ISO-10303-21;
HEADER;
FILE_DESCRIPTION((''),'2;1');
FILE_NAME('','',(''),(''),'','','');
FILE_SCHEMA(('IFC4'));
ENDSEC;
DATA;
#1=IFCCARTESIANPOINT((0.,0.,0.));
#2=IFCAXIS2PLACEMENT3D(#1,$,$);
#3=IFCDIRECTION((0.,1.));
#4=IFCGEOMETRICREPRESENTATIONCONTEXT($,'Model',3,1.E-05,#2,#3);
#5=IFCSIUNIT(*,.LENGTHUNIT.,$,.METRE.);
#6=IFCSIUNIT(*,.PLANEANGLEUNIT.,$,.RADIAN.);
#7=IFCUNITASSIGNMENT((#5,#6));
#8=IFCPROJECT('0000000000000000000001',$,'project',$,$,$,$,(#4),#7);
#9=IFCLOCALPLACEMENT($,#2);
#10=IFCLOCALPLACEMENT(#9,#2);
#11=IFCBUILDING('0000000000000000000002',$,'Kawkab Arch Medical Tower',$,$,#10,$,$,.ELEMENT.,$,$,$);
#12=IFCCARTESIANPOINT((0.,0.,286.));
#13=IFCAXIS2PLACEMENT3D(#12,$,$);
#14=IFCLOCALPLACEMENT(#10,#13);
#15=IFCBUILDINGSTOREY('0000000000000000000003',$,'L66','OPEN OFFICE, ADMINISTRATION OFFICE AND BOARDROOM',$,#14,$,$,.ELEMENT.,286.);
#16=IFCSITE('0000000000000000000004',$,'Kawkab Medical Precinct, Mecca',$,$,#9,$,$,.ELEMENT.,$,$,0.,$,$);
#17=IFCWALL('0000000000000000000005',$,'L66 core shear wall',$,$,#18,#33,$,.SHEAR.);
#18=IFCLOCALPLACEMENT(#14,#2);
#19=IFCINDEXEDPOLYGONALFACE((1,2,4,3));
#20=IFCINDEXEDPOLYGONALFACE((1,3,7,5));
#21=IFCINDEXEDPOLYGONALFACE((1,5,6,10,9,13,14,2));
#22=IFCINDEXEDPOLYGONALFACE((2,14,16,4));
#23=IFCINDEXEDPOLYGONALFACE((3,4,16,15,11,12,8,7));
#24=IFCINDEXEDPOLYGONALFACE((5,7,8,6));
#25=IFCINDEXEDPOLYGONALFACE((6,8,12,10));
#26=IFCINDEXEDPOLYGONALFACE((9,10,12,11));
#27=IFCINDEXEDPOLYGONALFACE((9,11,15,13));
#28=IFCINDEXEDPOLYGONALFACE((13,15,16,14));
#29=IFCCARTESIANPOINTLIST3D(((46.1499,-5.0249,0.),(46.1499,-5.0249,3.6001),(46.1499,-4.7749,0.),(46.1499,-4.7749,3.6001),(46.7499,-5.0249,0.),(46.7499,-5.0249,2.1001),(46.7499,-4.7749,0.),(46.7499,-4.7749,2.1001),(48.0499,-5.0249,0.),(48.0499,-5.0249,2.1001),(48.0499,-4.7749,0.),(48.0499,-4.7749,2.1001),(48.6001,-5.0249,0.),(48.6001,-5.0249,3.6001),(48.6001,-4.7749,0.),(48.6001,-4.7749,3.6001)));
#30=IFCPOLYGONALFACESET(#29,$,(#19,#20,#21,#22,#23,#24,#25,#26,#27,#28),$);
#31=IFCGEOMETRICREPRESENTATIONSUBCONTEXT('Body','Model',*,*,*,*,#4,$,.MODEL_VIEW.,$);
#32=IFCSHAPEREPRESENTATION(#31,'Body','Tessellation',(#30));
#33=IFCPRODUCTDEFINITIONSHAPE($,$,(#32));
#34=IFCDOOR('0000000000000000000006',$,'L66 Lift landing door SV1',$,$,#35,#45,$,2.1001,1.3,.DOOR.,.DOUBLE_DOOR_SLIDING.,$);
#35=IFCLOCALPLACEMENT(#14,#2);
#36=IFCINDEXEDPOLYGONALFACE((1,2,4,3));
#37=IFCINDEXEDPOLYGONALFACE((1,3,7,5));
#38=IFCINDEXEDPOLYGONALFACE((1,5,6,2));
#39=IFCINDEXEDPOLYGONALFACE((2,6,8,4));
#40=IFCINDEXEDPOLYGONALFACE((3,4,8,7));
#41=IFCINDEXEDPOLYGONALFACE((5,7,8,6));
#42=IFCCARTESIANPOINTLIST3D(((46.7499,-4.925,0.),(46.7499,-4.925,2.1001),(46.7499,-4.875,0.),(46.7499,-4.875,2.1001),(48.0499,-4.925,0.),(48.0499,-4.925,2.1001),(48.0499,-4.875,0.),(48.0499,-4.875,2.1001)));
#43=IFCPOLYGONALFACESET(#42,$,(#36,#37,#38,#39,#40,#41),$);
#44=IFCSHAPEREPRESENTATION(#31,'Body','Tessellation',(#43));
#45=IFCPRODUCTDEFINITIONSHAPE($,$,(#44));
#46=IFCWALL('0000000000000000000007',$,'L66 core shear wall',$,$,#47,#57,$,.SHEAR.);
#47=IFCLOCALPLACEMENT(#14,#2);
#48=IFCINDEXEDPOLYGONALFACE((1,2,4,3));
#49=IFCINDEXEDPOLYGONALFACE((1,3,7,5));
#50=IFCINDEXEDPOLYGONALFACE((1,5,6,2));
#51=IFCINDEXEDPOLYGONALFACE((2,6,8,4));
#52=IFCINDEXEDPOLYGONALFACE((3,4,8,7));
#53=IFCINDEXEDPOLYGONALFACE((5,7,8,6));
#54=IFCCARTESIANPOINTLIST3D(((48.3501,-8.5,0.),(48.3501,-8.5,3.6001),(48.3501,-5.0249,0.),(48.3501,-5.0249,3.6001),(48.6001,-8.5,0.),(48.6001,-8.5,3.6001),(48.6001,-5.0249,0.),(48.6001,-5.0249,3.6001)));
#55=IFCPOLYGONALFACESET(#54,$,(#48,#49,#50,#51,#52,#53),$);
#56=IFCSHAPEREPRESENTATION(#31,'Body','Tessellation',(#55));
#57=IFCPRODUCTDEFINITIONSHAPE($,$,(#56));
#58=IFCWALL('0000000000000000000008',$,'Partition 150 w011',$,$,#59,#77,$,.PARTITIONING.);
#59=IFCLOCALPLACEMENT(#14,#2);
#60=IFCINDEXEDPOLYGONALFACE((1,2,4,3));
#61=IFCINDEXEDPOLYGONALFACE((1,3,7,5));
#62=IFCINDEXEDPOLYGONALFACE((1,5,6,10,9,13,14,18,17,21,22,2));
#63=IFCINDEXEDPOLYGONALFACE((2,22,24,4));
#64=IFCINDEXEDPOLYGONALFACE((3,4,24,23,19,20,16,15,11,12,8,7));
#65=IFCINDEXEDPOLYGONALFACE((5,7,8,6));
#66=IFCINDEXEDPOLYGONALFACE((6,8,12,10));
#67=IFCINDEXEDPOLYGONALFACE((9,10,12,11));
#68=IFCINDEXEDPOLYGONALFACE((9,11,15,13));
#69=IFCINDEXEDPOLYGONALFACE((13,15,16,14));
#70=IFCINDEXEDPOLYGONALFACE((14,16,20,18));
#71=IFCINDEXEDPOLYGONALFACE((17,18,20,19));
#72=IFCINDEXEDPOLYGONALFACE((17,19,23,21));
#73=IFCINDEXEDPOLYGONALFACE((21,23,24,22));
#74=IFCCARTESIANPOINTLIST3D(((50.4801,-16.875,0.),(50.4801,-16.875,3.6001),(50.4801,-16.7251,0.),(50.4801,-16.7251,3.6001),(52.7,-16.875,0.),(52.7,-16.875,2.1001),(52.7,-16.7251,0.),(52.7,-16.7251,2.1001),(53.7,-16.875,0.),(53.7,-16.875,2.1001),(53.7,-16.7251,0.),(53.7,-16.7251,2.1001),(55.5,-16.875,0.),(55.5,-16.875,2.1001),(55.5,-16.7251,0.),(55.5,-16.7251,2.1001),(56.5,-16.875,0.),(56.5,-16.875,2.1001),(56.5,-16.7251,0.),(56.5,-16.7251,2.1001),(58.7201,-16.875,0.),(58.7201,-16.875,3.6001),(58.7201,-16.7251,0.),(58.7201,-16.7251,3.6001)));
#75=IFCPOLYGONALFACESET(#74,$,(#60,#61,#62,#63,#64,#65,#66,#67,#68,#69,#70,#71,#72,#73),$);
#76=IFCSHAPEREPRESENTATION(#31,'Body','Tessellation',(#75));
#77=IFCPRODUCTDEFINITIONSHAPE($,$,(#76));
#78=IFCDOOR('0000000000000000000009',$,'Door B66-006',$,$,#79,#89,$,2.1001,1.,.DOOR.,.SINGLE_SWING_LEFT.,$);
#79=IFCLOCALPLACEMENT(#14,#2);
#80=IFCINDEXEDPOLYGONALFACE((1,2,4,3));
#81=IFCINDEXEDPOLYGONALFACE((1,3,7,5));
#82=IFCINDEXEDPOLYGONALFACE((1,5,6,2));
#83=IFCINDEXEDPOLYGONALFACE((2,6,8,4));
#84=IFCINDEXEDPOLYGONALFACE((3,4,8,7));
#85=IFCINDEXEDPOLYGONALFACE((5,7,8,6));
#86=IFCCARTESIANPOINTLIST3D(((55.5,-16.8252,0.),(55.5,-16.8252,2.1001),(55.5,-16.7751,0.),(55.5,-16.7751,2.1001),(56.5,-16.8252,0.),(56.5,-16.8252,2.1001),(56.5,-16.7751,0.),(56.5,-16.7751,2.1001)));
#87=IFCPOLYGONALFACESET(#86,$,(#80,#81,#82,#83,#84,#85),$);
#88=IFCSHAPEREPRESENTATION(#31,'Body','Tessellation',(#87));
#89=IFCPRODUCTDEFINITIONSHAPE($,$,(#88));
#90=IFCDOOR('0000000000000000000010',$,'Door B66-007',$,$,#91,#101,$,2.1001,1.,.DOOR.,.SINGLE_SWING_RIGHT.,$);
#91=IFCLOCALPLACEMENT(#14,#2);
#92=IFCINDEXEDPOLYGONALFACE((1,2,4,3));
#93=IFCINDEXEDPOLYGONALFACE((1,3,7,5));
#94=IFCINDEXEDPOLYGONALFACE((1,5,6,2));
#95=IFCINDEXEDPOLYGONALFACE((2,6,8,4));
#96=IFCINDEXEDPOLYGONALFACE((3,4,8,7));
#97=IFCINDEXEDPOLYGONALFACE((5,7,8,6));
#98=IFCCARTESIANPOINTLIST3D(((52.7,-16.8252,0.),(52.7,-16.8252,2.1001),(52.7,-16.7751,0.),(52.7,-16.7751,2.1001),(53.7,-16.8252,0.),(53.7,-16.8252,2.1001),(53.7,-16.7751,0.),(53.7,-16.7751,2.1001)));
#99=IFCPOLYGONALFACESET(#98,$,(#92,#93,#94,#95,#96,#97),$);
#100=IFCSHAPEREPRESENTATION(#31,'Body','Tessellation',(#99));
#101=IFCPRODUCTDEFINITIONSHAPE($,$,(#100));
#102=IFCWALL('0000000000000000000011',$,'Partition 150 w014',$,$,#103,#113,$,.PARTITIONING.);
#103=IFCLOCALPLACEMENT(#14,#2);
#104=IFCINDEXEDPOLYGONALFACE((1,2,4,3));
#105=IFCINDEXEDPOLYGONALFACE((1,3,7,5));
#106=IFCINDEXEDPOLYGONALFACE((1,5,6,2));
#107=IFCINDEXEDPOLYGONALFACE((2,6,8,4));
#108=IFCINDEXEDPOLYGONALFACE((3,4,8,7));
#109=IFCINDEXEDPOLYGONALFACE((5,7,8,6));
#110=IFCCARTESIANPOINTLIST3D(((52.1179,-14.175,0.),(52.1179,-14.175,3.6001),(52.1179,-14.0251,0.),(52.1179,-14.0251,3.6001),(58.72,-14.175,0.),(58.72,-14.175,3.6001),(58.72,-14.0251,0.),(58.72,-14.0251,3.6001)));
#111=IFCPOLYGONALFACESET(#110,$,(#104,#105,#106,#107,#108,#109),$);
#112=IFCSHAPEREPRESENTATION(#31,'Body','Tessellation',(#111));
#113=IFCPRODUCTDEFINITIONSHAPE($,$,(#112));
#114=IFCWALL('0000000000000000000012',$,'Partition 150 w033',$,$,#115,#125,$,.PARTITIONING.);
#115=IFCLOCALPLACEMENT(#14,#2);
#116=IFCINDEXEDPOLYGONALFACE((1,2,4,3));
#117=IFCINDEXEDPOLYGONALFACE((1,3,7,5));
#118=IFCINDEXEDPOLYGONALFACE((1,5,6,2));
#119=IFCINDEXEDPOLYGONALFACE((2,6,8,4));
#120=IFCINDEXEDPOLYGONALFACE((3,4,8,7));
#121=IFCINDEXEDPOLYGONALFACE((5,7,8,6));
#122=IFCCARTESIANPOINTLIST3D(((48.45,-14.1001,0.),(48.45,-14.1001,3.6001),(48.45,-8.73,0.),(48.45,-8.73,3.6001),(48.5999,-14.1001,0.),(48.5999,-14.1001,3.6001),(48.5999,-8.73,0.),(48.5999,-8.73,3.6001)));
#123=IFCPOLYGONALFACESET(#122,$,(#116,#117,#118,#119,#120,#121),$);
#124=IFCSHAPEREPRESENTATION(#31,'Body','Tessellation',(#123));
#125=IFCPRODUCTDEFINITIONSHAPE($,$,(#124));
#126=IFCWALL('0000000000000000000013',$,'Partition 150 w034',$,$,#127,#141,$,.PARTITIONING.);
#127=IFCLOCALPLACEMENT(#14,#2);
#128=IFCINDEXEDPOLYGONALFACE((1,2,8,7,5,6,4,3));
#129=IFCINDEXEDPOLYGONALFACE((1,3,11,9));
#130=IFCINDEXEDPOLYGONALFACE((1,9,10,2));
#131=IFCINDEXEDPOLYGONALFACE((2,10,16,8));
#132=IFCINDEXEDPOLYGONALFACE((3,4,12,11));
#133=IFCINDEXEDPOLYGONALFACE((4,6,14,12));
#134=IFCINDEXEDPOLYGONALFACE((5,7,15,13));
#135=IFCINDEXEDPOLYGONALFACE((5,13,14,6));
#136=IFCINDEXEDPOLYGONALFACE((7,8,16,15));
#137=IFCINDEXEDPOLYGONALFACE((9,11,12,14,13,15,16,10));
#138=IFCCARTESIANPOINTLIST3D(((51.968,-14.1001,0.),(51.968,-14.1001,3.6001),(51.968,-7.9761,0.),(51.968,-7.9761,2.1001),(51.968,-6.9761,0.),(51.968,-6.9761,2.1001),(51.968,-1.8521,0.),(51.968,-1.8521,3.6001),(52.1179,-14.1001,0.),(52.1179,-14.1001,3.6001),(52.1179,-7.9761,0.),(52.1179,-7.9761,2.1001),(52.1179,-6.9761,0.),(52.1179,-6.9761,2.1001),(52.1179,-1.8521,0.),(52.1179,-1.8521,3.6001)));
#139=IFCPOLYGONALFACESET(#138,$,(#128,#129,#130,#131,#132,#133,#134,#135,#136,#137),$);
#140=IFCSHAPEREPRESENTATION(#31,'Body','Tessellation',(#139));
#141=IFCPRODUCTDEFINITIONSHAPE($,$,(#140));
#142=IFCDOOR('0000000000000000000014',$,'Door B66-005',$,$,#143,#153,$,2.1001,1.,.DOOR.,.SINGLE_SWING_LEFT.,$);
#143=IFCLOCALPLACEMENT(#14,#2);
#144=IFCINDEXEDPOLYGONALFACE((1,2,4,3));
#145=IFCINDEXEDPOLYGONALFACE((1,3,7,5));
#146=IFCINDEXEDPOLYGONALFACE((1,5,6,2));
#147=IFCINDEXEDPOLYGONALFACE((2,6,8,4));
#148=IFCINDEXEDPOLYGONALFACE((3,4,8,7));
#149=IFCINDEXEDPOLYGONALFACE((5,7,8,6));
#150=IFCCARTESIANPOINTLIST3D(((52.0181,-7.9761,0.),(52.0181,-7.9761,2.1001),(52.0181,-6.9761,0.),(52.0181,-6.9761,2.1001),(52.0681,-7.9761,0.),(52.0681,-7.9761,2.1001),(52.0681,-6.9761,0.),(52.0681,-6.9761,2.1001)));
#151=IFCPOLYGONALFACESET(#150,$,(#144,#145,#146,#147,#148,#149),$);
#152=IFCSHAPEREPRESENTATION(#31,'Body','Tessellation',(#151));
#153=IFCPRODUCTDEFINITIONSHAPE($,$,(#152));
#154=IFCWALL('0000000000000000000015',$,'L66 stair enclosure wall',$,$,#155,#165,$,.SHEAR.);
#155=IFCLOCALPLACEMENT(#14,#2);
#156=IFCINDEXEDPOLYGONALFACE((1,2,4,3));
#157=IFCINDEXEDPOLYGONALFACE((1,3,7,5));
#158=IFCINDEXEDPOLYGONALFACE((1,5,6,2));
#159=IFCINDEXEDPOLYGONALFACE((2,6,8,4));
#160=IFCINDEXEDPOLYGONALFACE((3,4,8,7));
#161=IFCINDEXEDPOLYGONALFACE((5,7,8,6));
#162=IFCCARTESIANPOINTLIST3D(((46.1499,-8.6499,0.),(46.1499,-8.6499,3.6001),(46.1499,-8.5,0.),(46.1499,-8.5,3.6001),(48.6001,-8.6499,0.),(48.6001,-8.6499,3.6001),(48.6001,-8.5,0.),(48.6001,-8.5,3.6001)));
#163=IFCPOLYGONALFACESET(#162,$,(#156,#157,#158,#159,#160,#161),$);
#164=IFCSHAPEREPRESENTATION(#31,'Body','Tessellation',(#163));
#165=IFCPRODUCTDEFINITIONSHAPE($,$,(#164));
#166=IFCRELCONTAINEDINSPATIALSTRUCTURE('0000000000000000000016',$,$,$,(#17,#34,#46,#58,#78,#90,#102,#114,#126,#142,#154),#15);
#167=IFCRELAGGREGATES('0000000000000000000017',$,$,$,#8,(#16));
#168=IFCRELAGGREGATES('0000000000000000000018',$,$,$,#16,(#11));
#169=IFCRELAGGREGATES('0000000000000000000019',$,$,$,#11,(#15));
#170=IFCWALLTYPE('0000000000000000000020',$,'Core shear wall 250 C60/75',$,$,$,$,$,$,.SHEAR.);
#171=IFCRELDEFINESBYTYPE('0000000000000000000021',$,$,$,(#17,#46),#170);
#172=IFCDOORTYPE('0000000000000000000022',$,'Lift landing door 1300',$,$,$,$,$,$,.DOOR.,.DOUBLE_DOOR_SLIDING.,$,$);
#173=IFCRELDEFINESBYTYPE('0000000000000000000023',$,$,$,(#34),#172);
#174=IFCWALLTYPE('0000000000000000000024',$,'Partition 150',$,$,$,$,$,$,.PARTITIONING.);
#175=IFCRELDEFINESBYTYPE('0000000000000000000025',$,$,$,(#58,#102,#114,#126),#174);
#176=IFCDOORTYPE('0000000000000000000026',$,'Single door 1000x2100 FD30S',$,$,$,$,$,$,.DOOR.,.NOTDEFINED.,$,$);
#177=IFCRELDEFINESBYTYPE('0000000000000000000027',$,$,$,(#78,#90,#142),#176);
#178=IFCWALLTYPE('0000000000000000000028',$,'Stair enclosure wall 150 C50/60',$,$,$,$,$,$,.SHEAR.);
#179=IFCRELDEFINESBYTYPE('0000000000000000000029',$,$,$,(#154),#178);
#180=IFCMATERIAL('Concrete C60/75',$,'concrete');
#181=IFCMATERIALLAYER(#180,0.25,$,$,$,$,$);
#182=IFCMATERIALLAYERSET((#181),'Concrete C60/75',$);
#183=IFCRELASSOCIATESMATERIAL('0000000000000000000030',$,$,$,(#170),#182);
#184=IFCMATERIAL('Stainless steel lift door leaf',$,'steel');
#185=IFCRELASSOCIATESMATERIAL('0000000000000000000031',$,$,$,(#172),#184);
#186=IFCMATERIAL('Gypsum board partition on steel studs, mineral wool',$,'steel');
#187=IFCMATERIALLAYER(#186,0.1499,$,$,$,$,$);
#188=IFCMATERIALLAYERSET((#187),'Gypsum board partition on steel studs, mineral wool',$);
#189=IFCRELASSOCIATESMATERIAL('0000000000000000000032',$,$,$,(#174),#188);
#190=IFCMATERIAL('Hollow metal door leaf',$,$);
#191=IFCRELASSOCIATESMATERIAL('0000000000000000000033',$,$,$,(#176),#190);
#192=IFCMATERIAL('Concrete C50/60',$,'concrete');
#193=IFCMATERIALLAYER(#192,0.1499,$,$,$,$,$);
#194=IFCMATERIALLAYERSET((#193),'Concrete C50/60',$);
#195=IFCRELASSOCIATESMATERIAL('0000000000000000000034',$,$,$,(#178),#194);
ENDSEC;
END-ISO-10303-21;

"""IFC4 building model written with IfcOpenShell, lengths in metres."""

from ifc_helpers import new_model, si_unit, direction, frame, frame_2d, origin, place, context, subcontext, project, spatial, rectangle, extrude, material, layer, layer_set, type_object, element, fill, save


model = new_model("IFC4")

# Units and contexts
model_context = context("Model", 3, precision=1e-05, world=origin(), true_north=direction((0.0, 1.0)))
body_context = subcontext(model_context, "Body", "Model", "MODEL_VIEW")
ifc_project = project(units=[si_unit("LENGTHUNIT", "METRE"), si_unit("PLANEANGLEUNIT", "RADIAN")], contexts=[model_context])

# Site, building, storey
site_placement = place(None, origin())
site = spatial("IfcSite", under=ifc_project, at=site_placement, Name="Kawkab Medical Precinct, Mecca", CompositionType="ELEMENT", RefElevation=0.0)
building_placement = place(site_placement, origin())
building = spatial("IfcBuilding", under=site, at=building_placement, Name="Kawkab Arch Medical Tower", CompositionType="ELEMENT")
storey_placement = place(building_placement, frame((0.0, 0.0, 286.0)))
storey = spatial("IfcBuildingStorey", under=building, at=storey_placement, Name="L66", Description="OPEN OFFICE, ADMINISTRATION OFFICE AND BOARDROOM", CompositionType="ELEMENT", Elevation=286.0)

# Wall, opening, door
ifc_material_1 = material(Name="Concrete C60/75", Category="concrete")
ifc_layer_1 = layer(ifc_material_1, 0.25)
ifc_layer_set_1 = layer_set([ifc_layer_1], Name="Concrete C60/75")
wall_type_1 = type_object("IfcWallType", Name="Core shear wall 250 C60/75", PredefinedType="SHEAR", material=ifc_layer_set_1)
wall_1_placement = place(storey_placement, frame((46.1499, -4.8999, 0.0), z_axis=(0.0, 0.0, 1.0), x_axis=(1.0, 0.0, 0.0)))
wall_1 = element("IfcWall", 1, at=wall_1_placement, inside=storey, type_object=wall_type_1, Name="L66 core shear wall", PredefinedType="SHEAR", context=body_context, shape_type="SweptSolid", body=[
    extrude(rectangle(XDim=2.4502, YDim=0.25, at=frame_2d((1.2251, 0.0))), origin(), (0.0, 0.0, 1.0), 3.6001),
])
opening_1_placement = place(wall_1_placement, frame((0.6001, 0.0, 0.0)))
opening_1 = element("IfcOpeningElement", 2, at=opening_1_placement, cuts=wall_1, PredefinedType="OPENING", context=body_context, shape_type="SweptSolid", body=[
    extrude(rectangle(XDim=1.3, YDim=2.1001, at=frame_2d((0.6499, 1.05))), frame((0.0, 0.135, 0.0), z_axis=(0.0, -1.0, 0.0), x_axis=(1.0, 0.0, 0.0)), (0.0, 0.0, 1.0), 0.27),
])
ifc_material_2 = material(Name="Stainless steel lift door leaf", Category="steel")
door_type_1 = type_object("IfcDoorType", Name="Lift landing door 1300", OperationType="DOUBLE_DOOR_SLIDING", PredefinedType="DOOR", material=ifc_material_2)
door_1_placement = place(opening_1_placement, origin())
door_1 = element("IfcDoor", 3, at=door_1_placement, inside=storey, type_object=door_type_1, Name="L66 Lift landing door SV1", OperationType="DOUBLE_DOOR_SLIDING", OverallHeight=2.1001, OverallWidth=1.3, PredefinedType="DOOR", context=body_context, shape_type="SweptSolid", body=[
    extrude(rectangle(XDim=1.3, YDim=2.1001, at=frame_2d((0.6499, 1.05))), frame((0.0, 0.0249, 0.0), z_axis=(0.0, -1.0, 0.0), x_axis=(1.0, 0.0, 0.0)), (0.0, 0.0, 1.0), 0.05),
])
fill(opening_1, door_1)

# Wall
wall_2_placement = place(storey_placement, frame((48.4751, -8.5, 0.0), z_axis=(0.0, 0.0, 1.0), x_axis=(0.0, 1.0, 0.0)))
element("IfcWall", 4, at=wall_2_placement, inside=storey, type_object=wall_type_1, Name="L66 core shear wall", PredefinedType="SHEAR", context=body_context, shape_type="SweptSolid", body=[
    extrude(rectangle(XDim=3.4751, YDim=0.25, at=frame_2d((1.7375, 0.0))), origin(), (0.0, 0.0, 1.0), 3.6001),
])

# Wall, openings, doors
ifc_material_3 = material(Name="Gypsum board partition on steel studs, mineral wool", Category="steel")
ifc_layer_2 = layer(ifc_material_3, 0.1499)
ifc_layer_set_2 = layer_set([ifc_layer_2], Name="Gypsum board partition on steel studs, mineral wool")
wall_type_2 = type_object("IfcWallType", Name="Partition 150", PredefinedType="PARTITIONING", material=ifc_layer_set_2)
wall_3_placement = place(storey_placement, frame((50.48, -16.8, 0.0), z_axis=(0.0, 0.0, 1.0), x_axis=(1.0, 0.0, 0.0)))
wall_3 = element("IfcWall", 5, at=wall_3_placement, inside=storey, type_object=wall_type_2, Name="Partition 150 w011", PredefinedType="PARTITIONING", context=body_context, shape_type="SweptSolid", body=[
    extrude(rectangle(XDim=8.24, YDim=0.1499, at=frame_2d((4.1201, 0.0))), origin(), (0.0, 0.0, 1.0), 3.6001),
])
opening_2_placement = place(wall_3_placement, frame((5.02, 0.0, 0.0)))
opening_2 = element("IfcOpeningElement", 6, at=opening_2_placement, cuts=wall_3, PredefinedType="OPENING", context=body_context, shape_type="SweptSolid", body=[
    extrude(rectangle(XDim=1.0, YDim=2.1001, at=frame_2d((0.5, 1.05))), frame((0.0, 0.085, 0.0), z_axis=(0.0, -1.0, 0.0), x_axis=(1.0, 0.0, 0.0)), (0.0, 0.0, 1.0), 0.1699),
])
opening_3_placement = place(wall_3_placement, frame((2.22, 0.0, 0.0)))
opening_3 = element("IfcOpeningElement", 7, at=opening_3_placement, cuts=wall_3, PredefinedType="OPENING", context=body_context, shape_type="SweptSolid", body=[
    extrude(rectangle(XDim=1.0, YDim=2.1001, at=frame_2d((0.5, 1.05))), frame((0.0, 0.085, 0.0), z_axis=(0.0, -1.0, 0.0), x_axis=(1.0, 0.0, 0.0)), (0.0, 0.0, 1.0), 0.1699),
])
ifc_material_4 = material(Name="Hollow metal door leaf")
door_type_2 = type_object("IfcDoorType", Name="Single door 1000x2100 FD30S", OperationType="NOTDEFINED", PredefinedType="DOOR", material=ifc_material_4)
door_2_placement = place(opening_2_placement, origin())
door_2 = element("IfcDoor", 8, at=door_2_placement, inside=storey, type_object=door_type_2, Name="Door B66-006", OperationType="SINGLE_SWING_LEFT", OverallHeight=2.1001, OverallWidth=1.0, PredefinedType="DOOR", context=body_context, shape_type="SweptSolid", body=[
    extrude(rectangle(XDim=1.0, YDim=2.1001, at=frame_2d((0.5, 1.05))), frame((0.0, 0.0249, 0.0), z_axis=(0.0, -1.0, 0.0), x_axis=(1.0, 0.0, 0.0)), (0.0, 0.0, 1.0), 0.05),
])
fill(opening_2, door_2)
door_3_placement = place(opening_3_placement, origin())
door_3 = element("IfcDoor", 9, at=door_3_placement, inside=storey, type_object=door_type_2, Name="Door B66-007", OperationType="SINGLE_SWING_RIGHT", OverallHeight=2.1001, OverallWidth=1.0, PredefinedType="DOOR", context=body_context, shape_type="SweptSolid", body=[
    extrude(rectangle(XDim=1.0, YDim=2.1001, at=frame_2d((0.5, 1.05))), frame((0.0, 0.0249, 0.0), z_axis=(0.0, -1.0, 0.0), x_axis=(1.0, 0.0, 0.0)), (0.0, 0.0, 1.0), 0.05),
])
fill(opening_3, door_3)

# Walls
wall_4_placement = place(storey_placement, frame((52.1179, -14.1001, 0.0), z_axis=(0.0, 0.0, 1.0), x_axis=(1.0, 0.0, 0.0)))
element("IfcWall", 10, at=wall_4_placement, inside=storey, type_object=wall_type_2, Name="Partition 150 w014", PredefinedType="PARTITIONING", context=body_context, shape_type="SweptSolid", body=[
    extrude(rectangle(XDim=6.6021, YDim=0.1499, at=frame_2d((3.301, 0.0))), origin(), (0.0, 0.0, 1.0), 3.6001),
])
wall_5_placement = place(storey_placement, frame((48.5249, -14.1001, 0.0), z_axis=(0.0, 0.0, 1.0), x_axis=(0.0, 1.0, 0.0)))
element("IfcWall", 11, at=wall_5_placement, inside=storey, type_object=wall_type_2, Name="Partition 150 w033", PredefinedType="PARTITIONING", context=body_context, shape_type="SweptSolid", body=[
    extrude(rectangle(XDim=5.3701, YDim=0.1499, at=frame_2d((2.6851, 0.0))), origin(), (0.0, 0.0, 1.0), 3.6001),
])

# Wall, opening, door
wall_6_placement = place(storey_placement, frame((52.043, -14.1001, 0.0), z_axis=(0.0, 0.0, 1.0), x_axis=(0.0, 1.0, 0.0)))
wall_6 = element("IfcWall", 12, at=wall_6_placement, inside=storey, type_object=wall_type_2, Name="Partition 150 w034", PredefinedType="PARTITIONING", context=body_context, shape_type="SweptSolid", body=[
    extrude(rectangle(XDim=12.248, YDim=0.1499, at=frame_2d((6.124, 0.0))), origin(), (0.0, 0.0, 1.0), 3.6001),
])
opening_4_placement = place(wall_6_placement, frame((6.124, 0.0, 0.0)))
opening_4 = element("IfcOpeningElement", 13, at=opening_4_placement, cuts=wall_6, PredefinedType="OPENING", context=body_context, shape_type="SweptSolid", body=[
    extrude(rectangle(XDim=1.0, YDim=2.1001, at=frame_2d((0.5, 1.05))), frame((0.0, 0.085, 0.0), z_axis=(0.0, -1.0, 0.0), x_axis=(1.0, 0.0, 0.0)), (0.0, 0.0, 1.0), 0.1699),
])
door_4_placement = place(opening_4_placement, origin())
door_4 = element("IfcDoor", 14, at=door_4_placement, inside=storey, type_object=door_type_2, Name="Door B66-005", OperationType="SINGLE_SWING_LEFT", OverallHeight=2.1001, OverallWidth=1.0, PredefinedType="DOOR", context=body_context, shape_type="SweptSolid", body=[
    extrude(rectangle(XDim=1.0, YDim=2.1001, at=frame_2d((0.5, 1.05))), frame((0.0, 0.0249, 0.0), z_axis=(0.0, -1.0, 0.0), x_axis=(1.0, 0.0, 0.0)), (0.0, 0.0, 1.0), 0.05),
])
fill(opening_4, door_4)

# Wall
ifc_material_5 = material(Name="Concrete C50/60", Category="concrete")
ifc_layer_3 = layer(ifc_material_5, 0.1499)
ifc_layer_set_3 = layer_set([ifc_layer_3], Name="Concrete C50/60")
wall_type_3 = type_object("IfcWallType", Name="Stair enclosure wall 150 C50/60", PredefinedType="SHEAR", material=ifc_layer_set_3)
wall_7_placement = place(storey_placement, frame((46.1499, -8.575, 0.0), z_axis=(0.0, 0.0, 1.0), x_axis=(1.0, 0.0, 0.0)))
element("IfcWall", 15, at=wall_7_placement, inside=storey, type_object=wall_type_3, Name="L66 stair enclosure wall", PredefinedType="SHEAR", context=body_context, shape_type="SweptSolid", body=[
    extrude(rectangle(XDim=2.4502, YDim=0.1499, at=frame_2d((1.2251, 0.0))), origin(), (0.0, 0.0, 1.0), 3.6001),
])

save(model, "model.ifc")
